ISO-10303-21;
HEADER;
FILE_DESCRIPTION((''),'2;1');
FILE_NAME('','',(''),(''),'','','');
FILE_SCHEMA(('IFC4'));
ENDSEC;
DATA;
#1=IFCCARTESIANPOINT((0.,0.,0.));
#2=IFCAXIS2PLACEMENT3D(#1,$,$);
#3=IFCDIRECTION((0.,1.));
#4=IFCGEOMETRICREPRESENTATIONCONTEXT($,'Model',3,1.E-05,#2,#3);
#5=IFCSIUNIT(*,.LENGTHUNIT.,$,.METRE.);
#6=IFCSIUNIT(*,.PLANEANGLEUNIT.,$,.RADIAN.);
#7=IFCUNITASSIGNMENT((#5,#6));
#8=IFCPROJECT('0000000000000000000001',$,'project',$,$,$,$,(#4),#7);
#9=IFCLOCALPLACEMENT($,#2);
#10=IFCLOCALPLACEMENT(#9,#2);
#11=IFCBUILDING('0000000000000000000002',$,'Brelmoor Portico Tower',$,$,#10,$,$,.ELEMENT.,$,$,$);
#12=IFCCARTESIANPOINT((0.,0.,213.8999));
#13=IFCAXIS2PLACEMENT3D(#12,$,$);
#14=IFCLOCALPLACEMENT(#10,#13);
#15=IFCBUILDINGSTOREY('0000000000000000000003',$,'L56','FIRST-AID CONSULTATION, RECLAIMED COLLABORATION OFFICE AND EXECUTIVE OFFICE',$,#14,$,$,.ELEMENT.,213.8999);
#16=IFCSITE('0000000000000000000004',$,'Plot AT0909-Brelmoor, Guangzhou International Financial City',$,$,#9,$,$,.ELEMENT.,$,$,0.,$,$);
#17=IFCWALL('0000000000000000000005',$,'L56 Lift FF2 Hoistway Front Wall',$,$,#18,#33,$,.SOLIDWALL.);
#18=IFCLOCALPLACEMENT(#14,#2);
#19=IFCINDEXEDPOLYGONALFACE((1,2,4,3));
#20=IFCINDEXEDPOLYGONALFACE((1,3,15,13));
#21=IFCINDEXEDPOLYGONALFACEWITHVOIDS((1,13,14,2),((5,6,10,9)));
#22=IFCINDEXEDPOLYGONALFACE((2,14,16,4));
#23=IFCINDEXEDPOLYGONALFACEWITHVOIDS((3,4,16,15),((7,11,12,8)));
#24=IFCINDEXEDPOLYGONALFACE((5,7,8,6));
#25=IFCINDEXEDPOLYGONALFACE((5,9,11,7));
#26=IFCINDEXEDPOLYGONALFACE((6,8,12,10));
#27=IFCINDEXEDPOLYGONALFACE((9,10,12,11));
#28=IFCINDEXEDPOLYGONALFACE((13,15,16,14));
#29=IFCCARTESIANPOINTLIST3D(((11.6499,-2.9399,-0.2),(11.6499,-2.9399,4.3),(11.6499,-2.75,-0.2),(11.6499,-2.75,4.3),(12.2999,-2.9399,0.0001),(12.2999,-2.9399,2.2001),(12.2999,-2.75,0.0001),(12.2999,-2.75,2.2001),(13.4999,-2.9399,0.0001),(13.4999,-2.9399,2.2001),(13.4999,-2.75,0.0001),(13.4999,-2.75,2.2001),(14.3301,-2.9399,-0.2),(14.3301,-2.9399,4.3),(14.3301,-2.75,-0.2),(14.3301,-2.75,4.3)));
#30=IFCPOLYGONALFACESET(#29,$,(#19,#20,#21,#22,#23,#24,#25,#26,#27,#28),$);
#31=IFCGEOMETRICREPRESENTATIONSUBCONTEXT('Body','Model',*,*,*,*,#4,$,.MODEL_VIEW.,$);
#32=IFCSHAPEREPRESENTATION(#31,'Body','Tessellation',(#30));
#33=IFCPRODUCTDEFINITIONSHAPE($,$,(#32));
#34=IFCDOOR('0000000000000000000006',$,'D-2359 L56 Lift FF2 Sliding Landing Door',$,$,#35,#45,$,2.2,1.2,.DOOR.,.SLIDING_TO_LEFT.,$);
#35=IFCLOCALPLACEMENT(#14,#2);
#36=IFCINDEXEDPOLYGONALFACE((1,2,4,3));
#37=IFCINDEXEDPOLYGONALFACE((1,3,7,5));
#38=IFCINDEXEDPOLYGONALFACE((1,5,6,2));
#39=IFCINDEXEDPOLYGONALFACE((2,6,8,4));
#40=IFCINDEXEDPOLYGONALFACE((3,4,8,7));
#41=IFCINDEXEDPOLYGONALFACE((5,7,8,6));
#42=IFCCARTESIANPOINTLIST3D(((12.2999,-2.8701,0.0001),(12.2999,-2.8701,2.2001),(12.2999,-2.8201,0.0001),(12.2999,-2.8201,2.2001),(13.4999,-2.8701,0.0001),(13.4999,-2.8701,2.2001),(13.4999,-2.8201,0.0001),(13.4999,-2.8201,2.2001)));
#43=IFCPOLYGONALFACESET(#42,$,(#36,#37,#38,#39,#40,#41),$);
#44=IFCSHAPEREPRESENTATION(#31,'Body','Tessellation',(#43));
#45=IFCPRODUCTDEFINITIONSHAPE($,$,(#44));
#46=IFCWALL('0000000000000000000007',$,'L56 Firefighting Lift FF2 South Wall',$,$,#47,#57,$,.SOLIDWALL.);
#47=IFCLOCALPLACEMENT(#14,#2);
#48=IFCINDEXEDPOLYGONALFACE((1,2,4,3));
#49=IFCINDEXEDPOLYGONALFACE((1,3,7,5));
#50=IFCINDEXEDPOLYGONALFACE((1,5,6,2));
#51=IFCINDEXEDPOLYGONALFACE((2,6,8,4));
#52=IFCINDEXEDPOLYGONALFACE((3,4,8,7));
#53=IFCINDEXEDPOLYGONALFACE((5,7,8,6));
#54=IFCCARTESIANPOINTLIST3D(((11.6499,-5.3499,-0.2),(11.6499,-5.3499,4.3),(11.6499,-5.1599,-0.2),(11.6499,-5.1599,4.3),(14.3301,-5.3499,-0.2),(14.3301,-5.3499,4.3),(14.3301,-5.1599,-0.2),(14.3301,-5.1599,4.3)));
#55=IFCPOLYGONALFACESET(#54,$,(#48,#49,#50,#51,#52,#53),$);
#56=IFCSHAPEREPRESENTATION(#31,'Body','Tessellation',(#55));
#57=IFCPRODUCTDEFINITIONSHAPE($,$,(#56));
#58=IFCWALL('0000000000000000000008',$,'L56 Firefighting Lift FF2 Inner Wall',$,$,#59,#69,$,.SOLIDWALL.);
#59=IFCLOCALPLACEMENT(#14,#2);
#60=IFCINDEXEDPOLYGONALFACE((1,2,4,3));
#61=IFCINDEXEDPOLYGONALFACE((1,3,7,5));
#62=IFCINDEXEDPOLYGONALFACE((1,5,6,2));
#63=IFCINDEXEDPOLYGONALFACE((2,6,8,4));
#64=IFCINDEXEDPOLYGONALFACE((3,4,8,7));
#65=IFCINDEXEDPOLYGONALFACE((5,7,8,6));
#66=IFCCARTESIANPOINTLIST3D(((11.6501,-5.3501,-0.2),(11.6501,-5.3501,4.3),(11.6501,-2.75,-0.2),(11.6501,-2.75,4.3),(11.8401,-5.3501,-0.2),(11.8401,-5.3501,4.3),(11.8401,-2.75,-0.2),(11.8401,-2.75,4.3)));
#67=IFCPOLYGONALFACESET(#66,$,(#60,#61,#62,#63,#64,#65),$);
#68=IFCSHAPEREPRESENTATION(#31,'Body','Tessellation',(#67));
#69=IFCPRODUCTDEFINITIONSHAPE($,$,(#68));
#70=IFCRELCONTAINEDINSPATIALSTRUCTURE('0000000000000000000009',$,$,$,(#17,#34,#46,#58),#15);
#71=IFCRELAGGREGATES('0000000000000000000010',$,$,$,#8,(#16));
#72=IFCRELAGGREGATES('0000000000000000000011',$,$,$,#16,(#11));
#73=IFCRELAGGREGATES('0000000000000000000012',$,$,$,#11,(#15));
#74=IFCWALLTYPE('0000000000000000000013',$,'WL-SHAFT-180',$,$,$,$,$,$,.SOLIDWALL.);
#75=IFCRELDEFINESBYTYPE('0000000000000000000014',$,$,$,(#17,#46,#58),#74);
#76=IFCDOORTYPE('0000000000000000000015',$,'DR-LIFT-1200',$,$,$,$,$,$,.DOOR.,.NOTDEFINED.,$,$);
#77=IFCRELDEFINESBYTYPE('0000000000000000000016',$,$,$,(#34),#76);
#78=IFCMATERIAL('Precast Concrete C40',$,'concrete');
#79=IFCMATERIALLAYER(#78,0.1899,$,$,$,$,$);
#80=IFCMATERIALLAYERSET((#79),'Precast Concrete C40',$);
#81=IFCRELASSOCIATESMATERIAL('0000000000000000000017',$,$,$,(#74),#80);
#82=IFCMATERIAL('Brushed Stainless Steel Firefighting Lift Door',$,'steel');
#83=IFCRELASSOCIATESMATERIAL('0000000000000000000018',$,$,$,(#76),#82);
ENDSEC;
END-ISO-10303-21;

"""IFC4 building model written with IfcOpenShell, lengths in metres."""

from ifc_helpers import new_model, si_unit, direction, frame, frame_2d, origin, place, context, subcontext, project, spatial, rectangle, extrude, material, layer, layer_set, type_object, element, fill, save


model = new_model("IFC4")

# Units and contexts
model_context = context("Model", 3, precision=1e-05, world=origin(), true_north=direction((0.0, 1.0)))
body_context = subcontext(model_context, "Body", "Model", "MODEL_VIEW")
ifc_project = project(units=[si_unit("LENGTHUNIT", "METRE"), si_unit("PLANEANGLEUNIT", "RADIAN")], contexts=[model_context])

# Site, building, storey
site_placement = place(None, origin())
site = spatial("IfcSite", under=ifc_project, at=site_placement, Name="Plot AT0909-Brelmoor, Guangzhou International Financial City", CompositionType="ELEMENT", RefElevation=0.0)
building_placement = place(site_placement, origin())
building = spatial("IfcBuilding", under=site, at=building_placement, Name="Brelmoor Portico Tower", CompositionType="ELEMENT")
storey_placement = place(building_placement, frame((0.0, 0.0, 213.8999)))
storey = spatial("IfcBuildingStorey", under=building, at=storey_placement, Name="L56", Description="FIRST-AID CONSULTATION, RECLAIMED COLLABORATION OFFICE AND EXECUTIVE OFFICE", CompositionType="ELEMENT", Elevation=213.8999)

# Wall, opening, door
ifc_material_1 = material(Name="Precast Concrete C40", Category="concrete")
ifc_layer_1 = layer(ifc_material_1, 0.1899)
ifc_layer_set_1 = layer_set([ifc_layer_1], Name="Precast Concrete C40")
wall_type_1 = type_object("IfcWallType", Name="WL-SHAFT-180", PredefinedType="SOLIDWALL", material=ifc_layer_set_1)
wall_1_placement = place(storey_placement, frame((11.6499, -2.845, -0.2), z_axis=(0.0, 0.0, 1.0), x_axis=(1.0, 0.0, 0.0)))
wall_1 = element("IfcWall", 1, at=wall_1_placement, inside=storey, type_object=wall_type_1, Name="L56 Lift FF2 Hoistway Front Wall", PredefinedType="SOLIDWALL", context=body_context, shape_type="SweptSolid", body=[
    extrude(rectangle(XDim=2.6802, YDim=0.1899, at=frame_2d((1.3401, 0.0))), origin(), (0.0, 0.0, 1.0), 4.5),
])
opening_1_placement = place(wall_1_placement, frame((0.6499, 0.0, 0.2)))
opening_1 = element("IfcOpeningElement", 2, at=opening_1_placement, cuts=wall_1, PredefinedType="OPENING", context=body_context, shape_type="SweptSolid", body=[
    extrude(rectangle(XDim=1.2, YDim=2.2, at=frame_2d((0.6001, 1.1001))), frame((0.0, 0.105, 0.0), z_axis=(0.0, -1.0, 0.0), x_axis=(1.0, 0.0, 0.0)), (0.0, 0.0, 1.0), 0.21),
])
ifc_material_2 = material(Name="Brushed Stainless Steel Firefighting Lift Door", Category="steel")
door_type_1 = type_object("IfcDoorType", Name="DR-LIFT-1200", OperationType="NOTDEFINED", PredefinedType="DOOR", material=ifc_material_2)
door_1_placement = place(opening_1_placement, origin())
door_1 = element("IfcDoor", 3, at=door_1_placement, inside=storey, type_object=door_type_1, Name="D-2359 L56 Lift FF2 Sliding Landing Door", OperationType="SLIDING_TO_LEFT", OverallHeight=2.2, OverallWidth=1.2, PredefinedType="DOOR", context=body_context, shape_type="SweptSolid", body=[
    extrude(rectangle(XDim=1.2, YDim=2.2, at=frame_2d((0.6001, 1.1001))), frame((0.0, 0.0249, 0.0), z_axis=(0.0, -1.0, 0.0), x_axis=(1.0, 0.0, 0.0)), (0.0, 0.0, 1.0), 0.05),
])
fill(opening_1, door_1)

# Walls
wall_2_placement = place(storey_placement, frame((11.6499, -5.2549, -0.2), z_axis=(0.0, 0.0, 1.0), x_axis=(1.0, 0.0, 0.0)))
element("IfcWall", 4, at=wall_2_placement, inside=storey, type_object=wall_type_1, Name="L56 Firefighting Lift FF2 South Wall", PredefinedType="SOLIDWALL", context=body_context, shape_type="SweptSolid", body=[
    extrude(rectangle(XDim=2.6802, YDim=0.1899, at=frame_2d((1.3401, 0.0))), origin(), (0.0, 0.0, 1.0), 4.5),
])
wall_3_placement = place(storey_placement, frame((11.7451, -5.3501, -0.2), z_axis=(0.0, 0.0, 1.0), x_axis=(0.0, 1.0, 0.0)))
element("IfcWall", 5, at=wall_3_placement, inside=storey, type_object=wall_type_1, Name="L56 Firefighting Lift FF2 Inner Wall", PredefinedType="SOLIDWALL", context=body_context, shape_type="SweptSolid", body=[
    extrude(rectangle(XDim=2.6001, YDim=0.1899, at=frame_2d((1.3, 0.0))), origin(), (0.0, 0.0, 1.0), 4.5),
])

save(model, "model.ifc")
